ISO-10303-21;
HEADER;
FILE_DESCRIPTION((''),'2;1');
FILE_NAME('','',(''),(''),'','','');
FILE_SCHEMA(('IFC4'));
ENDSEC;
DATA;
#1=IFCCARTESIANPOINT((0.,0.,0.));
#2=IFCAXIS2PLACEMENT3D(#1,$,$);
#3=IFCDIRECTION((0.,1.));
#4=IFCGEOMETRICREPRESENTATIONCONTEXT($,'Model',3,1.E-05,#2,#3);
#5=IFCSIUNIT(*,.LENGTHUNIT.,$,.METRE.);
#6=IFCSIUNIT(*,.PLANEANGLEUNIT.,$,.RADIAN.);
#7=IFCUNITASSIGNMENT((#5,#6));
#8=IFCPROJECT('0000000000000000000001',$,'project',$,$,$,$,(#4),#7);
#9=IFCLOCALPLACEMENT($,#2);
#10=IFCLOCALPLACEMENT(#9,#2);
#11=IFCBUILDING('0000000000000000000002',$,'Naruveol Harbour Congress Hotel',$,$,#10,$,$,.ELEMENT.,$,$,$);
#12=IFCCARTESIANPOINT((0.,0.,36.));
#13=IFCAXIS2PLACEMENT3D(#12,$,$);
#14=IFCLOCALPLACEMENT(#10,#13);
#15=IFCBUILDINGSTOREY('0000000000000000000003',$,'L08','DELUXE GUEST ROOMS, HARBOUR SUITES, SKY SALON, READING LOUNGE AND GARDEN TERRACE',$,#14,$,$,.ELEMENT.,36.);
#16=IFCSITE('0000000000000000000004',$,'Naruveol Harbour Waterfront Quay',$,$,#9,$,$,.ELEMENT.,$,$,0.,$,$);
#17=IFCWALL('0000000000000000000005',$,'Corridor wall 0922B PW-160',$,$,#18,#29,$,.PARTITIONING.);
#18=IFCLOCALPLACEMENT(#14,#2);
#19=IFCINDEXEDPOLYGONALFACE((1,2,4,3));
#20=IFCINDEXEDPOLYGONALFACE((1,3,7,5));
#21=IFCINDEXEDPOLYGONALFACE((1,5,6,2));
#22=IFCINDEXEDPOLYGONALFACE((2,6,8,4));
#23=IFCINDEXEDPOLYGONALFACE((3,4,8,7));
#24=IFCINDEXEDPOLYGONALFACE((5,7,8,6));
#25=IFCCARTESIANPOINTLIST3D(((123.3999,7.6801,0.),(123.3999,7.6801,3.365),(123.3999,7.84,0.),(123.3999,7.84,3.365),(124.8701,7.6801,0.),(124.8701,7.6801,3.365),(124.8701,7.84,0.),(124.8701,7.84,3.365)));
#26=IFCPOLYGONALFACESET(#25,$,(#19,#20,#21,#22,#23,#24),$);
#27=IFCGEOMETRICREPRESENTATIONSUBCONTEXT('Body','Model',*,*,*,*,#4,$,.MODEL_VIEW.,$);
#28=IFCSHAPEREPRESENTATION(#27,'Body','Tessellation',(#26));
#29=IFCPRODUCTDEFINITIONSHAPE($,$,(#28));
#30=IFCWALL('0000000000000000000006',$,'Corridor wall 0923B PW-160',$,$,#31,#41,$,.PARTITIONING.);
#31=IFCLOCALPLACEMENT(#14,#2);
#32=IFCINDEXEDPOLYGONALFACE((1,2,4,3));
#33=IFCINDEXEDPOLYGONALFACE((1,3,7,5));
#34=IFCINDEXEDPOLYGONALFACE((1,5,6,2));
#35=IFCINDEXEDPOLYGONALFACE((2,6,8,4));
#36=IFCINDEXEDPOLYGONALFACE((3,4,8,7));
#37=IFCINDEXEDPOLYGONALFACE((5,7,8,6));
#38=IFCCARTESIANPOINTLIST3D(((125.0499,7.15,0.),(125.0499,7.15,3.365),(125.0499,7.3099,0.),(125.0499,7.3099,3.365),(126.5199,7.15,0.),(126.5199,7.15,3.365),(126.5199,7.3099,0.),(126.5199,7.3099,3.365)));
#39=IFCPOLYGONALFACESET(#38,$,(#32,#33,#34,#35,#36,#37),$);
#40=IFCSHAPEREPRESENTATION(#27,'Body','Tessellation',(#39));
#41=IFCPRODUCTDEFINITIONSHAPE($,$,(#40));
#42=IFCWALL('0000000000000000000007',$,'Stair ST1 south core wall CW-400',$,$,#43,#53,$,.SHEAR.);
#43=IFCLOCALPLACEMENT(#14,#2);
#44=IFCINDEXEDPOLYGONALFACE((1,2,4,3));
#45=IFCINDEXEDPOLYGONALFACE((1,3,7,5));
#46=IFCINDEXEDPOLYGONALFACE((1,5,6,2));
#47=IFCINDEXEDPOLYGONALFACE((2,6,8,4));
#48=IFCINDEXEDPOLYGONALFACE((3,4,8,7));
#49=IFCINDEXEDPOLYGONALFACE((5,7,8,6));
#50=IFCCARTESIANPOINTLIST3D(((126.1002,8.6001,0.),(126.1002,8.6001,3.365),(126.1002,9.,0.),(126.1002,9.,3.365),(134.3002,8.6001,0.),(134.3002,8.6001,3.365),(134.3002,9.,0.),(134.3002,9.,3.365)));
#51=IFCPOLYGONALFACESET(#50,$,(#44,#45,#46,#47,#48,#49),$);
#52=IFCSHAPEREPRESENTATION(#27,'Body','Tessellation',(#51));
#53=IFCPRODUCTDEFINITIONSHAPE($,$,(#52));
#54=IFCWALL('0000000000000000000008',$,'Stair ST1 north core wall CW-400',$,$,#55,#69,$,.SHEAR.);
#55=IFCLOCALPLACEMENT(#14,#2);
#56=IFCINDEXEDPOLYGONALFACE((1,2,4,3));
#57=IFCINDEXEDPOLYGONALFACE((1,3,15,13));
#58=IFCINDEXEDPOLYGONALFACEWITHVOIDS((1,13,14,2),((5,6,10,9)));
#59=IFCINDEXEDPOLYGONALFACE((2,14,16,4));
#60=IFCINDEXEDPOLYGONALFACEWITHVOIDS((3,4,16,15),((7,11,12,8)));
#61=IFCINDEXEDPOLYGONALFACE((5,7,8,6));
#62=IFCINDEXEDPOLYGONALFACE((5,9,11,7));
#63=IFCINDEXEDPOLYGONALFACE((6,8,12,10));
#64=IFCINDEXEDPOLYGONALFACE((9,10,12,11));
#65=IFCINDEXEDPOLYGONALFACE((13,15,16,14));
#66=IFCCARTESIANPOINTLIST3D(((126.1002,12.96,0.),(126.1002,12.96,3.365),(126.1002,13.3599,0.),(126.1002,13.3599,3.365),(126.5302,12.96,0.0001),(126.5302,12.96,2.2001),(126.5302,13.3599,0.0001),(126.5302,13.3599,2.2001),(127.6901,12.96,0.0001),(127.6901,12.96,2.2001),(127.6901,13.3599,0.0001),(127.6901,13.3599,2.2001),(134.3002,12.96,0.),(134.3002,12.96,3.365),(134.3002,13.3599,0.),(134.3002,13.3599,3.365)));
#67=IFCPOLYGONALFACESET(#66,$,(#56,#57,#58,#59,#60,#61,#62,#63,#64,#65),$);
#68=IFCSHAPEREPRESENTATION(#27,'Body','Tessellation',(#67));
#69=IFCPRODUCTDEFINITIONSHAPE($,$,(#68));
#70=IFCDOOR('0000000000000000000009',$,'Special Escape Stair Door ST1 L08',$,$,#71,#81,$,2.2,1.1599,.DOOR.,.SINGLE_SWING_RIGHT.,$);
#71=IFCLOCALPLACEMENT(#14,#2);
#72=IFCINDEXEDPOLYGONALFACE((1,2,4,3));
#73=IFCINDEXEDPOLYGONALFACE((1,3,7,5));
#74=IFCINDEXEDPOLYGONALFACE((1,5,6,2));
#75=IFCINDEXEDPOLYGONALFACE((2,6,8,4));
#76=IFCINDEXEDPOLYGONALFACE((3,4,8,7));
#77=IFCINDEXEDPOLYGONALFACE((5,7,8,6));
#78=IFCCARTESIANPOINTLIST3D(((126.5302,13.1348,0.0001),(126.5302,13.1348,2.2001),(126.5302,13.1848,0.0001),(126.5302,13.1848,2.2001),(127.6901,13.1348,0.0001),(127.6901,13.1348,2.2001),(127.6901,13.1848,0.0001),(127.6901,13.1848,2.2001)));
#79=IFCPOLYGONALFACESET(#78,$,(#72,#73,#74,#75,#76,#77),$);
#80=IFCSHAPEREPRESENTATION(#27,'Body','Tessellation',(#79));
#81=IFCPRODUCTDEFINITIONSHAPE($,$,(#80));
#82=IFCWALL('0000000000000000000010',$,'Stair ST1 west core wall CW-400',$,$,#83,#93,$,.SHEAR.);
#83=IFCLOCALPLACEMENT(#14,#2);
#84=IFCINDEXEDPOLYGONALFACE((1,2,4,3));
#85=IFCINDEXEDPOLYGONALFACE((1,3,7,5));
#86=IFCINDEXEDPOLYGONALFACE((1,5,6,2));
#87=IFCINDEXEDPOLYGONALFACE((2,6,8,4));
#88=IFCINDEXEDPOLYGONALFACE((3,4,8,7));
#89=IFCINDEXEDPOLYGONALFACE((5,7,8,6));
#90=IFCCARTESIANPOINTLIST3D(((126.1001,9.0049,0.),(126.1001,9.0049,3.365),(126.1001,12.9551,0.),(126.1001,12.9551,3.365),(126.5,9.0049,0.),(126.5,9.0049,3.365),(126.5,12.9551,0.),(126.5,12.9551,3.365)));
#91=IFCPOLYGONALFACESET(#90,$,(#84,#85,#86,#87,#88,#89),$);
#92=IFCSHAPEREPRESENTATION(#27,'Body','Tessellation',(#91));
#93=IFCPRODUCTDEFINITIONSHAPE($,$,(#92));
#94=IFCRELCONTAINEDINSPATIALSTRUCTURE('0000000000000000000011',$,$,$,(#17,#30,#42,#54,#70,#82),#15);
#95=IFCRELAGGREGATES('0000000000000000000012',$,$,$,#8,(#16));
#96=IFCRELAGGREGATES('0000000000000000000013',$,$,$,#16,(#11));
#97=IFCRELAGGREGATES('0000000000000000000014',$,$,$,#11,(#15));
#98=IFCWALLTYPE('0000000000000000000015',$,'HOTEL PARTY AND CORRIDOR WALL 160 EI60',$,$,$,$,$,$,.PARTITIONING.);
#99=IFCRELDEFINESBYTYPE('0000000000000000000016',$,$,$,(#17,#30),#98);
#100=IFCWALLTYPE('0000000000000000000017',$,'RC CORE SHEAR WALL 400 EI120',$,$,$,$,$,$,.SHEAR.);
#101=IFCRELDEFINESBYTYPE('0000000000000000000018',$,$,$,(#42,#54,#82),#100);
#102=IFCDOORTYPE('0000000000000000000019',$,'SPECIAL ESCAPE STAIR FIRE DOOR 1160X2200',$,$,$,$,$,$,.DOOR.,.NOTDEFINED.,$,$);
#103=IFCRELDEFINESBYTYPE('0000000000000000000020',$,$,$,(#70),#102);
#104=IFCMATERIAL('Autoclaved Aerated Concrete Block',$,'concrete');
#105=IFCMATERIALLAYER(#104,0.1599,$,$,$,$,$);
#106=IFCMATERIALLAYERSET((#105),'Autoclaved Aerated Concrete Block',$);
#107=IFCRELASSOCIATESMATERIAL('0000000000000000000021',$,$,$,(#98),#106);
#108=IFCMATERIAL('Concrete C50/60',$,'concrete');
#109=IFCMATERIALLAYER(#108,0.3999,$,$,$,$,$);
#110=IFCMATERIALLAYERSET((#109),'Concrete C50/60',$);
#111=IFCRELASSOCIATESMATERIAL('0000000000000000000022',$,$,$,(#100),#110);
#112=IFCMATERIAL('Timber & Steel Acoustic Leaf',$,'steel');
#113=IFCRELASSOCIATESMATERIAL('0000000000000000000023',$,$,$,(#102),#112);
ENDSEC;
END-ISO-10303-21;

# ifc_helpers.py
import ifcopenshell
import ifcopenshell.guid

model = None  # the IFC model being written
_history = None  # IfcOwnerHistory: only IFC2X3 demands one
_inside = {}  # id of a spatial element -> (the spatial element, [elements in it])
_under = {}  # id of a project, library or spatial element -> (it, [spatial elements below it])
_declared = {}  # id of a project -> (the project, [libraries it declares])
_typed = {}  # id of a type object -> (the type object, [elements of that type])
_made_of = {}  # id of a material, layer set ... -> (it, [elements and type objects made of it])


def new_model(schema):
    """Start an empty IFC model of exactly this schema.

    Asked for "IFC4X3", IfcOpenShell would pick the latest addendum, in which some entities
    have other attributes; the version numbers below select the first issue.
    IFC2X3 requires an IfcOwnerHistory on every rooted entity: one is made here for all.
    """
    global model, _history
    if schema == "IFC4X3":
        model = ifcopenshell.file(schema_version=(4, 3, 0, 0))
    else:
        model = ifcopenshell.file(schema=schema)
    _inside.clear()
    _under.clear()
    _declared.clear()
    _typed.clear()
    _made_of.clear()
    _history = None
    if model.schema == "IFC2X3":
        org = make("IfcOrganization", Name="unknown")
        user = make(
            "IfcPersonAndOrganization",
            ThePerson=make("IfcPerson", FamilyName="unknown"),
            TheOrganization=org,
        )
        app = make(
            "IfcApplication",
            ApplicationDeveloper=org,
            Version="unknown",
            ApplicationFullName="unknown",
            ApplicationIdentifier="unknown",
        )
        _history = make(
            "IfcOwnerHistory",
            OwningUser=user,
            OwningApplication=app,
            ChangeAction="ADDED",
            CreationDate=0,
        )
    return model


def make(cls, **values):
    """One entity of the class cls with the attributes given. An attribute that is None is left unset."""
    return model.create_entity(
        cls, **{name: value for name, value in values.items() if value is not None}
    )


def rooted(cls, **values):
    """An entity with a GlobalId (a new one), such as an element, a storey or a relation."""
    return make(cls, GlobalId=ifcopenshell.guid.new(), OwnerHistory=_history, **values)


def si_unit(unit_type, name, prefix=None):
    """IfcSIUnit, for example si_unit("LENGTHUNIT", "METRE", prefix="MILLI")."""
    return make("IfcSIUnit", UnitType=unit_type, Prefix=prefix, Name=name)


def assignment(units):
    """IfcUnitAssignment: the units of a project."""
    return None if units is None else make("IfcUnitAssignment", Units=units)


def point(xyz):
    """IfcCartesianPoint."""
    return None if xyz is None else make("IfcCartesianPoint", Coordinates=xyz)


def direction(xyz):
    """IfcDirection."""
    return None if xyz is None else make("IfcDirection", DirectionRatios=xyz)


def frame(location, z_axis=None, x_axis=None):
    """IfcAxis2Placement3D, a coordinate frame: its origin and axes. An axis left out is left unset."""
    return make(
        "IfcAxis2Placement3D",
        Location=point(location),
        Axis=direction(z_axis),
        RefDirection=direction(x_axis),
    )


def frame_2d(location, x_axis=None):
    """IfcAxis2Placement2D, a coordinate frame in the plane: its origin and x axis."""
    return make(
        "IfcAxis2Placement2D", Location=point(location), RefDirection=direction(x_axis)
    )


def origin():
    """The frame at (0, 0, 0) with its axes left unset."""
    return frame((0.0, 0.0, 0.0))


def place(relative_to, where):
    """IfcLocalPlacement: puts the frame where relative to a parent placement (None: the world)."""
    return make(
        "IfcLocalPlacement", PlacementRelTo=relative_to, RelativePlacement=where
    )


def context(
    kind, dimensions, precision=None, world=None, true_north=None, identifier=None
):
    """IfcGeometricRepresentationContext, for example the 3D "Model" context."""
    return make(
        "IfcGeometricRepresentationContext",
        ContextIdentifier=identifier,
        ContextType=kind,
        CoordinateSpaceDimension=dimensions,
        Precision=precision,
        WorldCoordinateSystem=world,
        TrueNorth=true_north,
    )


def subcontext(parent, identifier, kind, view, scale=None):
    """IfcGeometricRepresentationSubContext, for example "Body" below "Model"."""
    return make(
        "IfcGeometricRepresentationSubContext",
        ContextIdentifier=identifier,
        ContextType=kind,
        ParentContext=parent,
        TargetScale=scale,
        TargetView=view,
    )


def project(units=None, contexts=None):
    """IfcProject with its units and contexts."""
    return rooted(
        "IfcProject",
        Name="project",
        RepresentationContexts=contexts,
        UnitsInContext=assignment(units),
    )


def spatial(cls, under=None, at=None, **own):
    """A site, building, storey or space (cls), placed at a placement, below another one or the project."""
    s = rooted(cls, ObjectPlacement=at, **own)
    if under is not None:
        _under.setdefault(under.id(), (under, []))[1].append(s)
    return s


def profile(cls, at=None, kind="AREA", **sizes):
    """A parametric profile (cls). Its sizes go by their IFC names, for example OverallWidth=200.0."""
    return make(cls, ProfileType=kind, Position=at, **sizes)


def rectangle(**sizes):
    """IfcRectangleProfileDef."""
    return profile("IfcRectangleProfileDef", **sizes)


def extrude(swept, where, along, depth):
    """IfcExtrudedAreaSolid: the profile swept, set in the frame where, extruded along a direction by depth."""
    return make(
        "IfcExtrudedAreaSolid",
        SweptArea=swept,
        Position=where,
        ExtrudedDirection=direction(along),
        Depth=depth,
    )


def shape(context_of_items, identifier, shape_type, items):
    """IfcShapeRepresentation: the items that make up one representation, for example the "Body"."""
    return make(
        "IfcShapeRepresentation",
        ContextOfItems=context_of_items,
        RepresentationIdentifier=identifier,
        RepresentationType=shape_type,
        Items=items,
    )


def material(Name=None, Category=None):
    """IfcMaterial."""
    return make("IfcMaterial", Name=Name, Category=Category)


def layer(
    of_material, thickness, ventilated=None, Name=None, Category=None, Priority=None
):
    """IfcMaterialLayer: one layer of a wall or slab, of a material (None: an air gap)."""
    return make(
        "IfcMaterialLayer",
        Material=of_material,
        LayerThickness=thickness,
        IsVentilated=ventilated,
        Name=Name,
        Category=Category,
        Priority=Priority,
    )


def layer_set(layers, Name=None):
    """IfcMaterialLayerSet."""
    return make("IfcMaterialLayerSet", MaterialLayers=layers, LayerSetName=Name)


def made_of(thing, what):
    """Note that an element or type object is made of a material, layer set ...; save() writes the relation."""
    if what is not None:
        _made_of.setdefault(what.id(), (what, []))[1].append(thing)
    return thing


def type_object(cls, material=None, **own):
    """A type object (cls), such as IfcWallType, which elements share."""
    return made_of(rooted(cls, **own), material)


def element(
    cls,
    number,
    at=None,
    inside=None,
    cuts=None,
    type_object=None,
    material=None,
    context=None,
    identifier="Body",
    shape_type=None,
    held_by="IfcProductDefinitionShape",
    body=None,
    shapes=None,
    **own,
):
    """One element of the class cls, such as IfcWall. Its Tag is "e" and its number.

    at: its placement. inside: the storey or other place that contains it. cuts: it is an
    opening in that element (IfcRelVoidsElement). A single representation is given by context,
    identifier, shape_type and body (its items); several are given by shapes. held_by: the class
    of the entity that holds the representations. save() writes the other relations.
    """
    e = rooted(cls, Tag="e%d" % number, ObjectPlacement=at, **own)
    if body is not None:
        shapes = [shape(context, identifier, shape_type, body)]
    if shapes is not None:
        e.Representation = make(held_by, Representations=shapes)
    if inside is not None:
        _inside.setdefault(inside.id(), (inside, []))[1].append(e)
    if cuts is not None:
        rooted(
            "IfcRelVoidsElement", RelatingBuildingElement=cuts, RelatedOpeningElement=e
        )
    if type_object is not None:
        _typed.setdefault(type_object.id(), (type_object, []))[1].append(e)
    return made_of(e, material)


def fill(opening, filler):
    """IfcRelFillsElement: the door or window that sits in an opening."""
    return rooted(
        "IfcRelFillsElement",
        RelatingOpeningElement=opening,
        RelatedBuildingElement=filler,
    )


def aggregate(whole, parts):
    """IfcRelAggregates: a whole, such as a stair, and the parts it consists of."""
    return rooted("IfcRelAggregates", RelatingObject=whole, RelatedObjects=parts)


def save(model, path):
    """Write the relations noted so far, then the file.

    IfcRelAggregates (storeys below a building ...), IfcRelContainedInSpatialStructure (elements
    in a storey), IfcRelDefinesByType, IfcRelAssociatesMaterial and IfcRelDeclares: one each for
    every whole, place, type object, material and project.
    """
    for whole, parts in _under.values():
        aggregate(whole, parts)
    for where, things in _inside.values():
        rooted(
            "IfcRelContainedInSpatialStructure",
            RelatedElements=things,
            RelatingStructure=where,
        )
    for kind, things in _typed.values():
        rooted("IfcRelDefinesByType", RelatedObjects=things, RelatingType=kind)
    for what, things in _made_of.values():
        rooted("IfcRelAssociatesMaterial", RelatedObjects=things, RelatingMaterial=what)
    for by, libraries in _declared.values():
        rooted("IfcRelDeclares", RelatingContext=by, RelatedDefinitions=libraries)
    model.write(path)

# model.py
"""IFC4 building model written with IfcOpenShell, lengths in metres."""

from ifc_helpers import new_model, si_unit, direction, frame, frame_2d, origin, place, context, subcontext, project, spatial, rectangle, extrude, material, layer, layer_set, type_object, element, fill, save


model = new_model("IFC4")

# Units and contexts
model_context = context("Model", 3, precision=1e-05, world=origin(), true_north=direction((0.0, 1.0)))
body_context = subcontext(model_context, "Body", "Model", "MODEL_VIEW")
ifc_project = project(units=[si_unit("LENGTHUNIT", "METRE"), si_unit("PLANEANGLEUNIT", "RADIAN")], contexts=[model_context])

# Site, building, storey
site_placement = place(None, origin())
site = spatial("IfcSite", under=ifc_project, at=site_placement, Name="Naruveol Harbour Waterfront Quay", CompositionType="ELEMENT", RefElevation=0.0)
building_placement = place(site_placement, origin())
building = spatial("IfcBuilding", under=site, at=building_placement, Name="Naruveol Harbour Congress Hotel", CompositionType="ELEMENT")
storey_placement = place(building_placement, frame((0.0, 0.0, 36.0)))
storey = spatial("IfcBuildingStorey", under=building, at=storey_placement, Name="L08", Description="DELUXE GUEST ROOMS, HARBOUR SUITES, SKY SALON, READING LOUNGE AND GARDEN TERRACE", CompositionType="ELEMENT", Elevation=36.0)

# Shared definitions
ifc_material_1 = material(Name="Autoclaved Aerated Concrete Block", Category="concrete")
ifc_layer_1 = layer(ifc_material_1, 0.1599)
ifc_layer_set_1 = layer_set([ifc_layer_1], Name="Autoclaved Aerated Concrete Block")
wall_type_1 = type_object("IfcWallType", Name="HOTEL PARTY AND CORRIDOR WALL 160 EI60", PredefinedType="PARTITIONING", material=ifc_layer_set_1)

# Walls
wall_1_placement = place(storey_placement, frame((123.3999, 7.76, 0.0), z_axis=(0.0, 0.0, 1.0), x_axis=(1.0, 0.0, 0.0)))
element("IfcWall", 1, at=wall_1_placement, inside=storey, type_object=wall_type_1, Name="Corridor wall 0922B PW-160", PredefinedType="PARTITIONING", context=body_context, shape_type="SweptSolid", body=[
    extrude(rectangle(XDim=1.4702, YDim=0.1599, at=frame_2d((0.7351, 0.0))), origin(), (0.0, 0.0, 1.0), 3.365),
])
wall_2_placement = place(storey_placement, frame((125.05, 7.23, 0.0), z_axis=(0.0, 0.0, 1.0), x_axis=(1.0, 0.0, 0.0)))
element("IfcWall", 2, at=wall_2_placement, inside=storey, type_object=wall_type_1, Name="Corridor wall 0923B PW-160", PredefinedType="PARTITIONING", context=body_context, shape_type="SweptSolid", body=[
    extrude(rectangle(XDim=1.47, YDim=0.1599, at=frame_2d((0.7349, 0.0))), origin(), (0.0, 0.0, 1.0), 3.365),
])
ifc_material_2 = material(Name="Concrete C50/60", Category="concrete")
ifc_layer_2 = layer(ifc_material_2, 0.3999)
ifc_layer_set_2 = layer_set([ifc_layer_2], Name="Concrete C50/60")
wall_type_2 = type_object("IfcWallType", Name="RC CORE SHEAR WALL 400 EI120", PredefinedType="SHEAR", material=ifc_layer_set_2)
wall_3_placement = place(storey_placement, frame((126.1001, 8.8, 0.0), z_axis=(0.0, 0.0, 1.0), x_axis=(1.0, 0.0, 0.0)))
element("IfcWall", 3, at=wall_3_placement, inside=storey, type_object=wall_type_2, Name="Stair ST1 south core wall CW-400", PredefinedType="SHEAR", context=body_context, shape_type="SweptSolid", body=[
    extrude(rectangle(XDim=8.2, YDim=0.3999, at=frame_2d((4.1001, 0.0))), origin(), (0.0, 0.0, 1.0), 3.365),
])

# Wall, opening, door
wall_4_placement = place(storey_placement, frame((126.1001, 13.1599, 0.0), z_axis=(0.0, 0.0, 1.0), x_axis=(1.0, 0.0, 0.0)))
wall_4 = element("IfcWall", 4, at=wall_4_placement, inside=storey, type_object=wall_type_2, Name="Stair ST1 north core wall CW-400", PredefinedType="SHEAR", context=body_context, shape_type="SweptSolid", body=[
    extrude(rectangle(XDim=8.2, YDim=0.3999, at=frame_2d((4.1001, 0.0))), origin(), (0.0, 0.0, 1.0), 3.365),
])
opening_1_placement = place(wall_4_placement, frame((0.4299, 0.0, 0.0)))
opening_1 = element("IfcOpeningElement", 5, at=opening_1_placement, cuts=wall_4, PredefinedType="OPENING", context=body_context, shape_type="SweptSolid", body=[
    extrude(rectangle(XDim=1.1599, YDim=2.2, at=frame_2d((0.5801, 1.1001))), frame((0.0, 0.21, 0.0), z_axis=(0.0, -1.0, 0.0), x_axis=(1.0, 0.0, 0.0)), (0.0, 0.0, 1.0), 0.4199),
])
ifc_material_3 = material(Name="Timber & Steel Acoustic Leaf", Category="steel")
door_type_1 = type_object("IfcDoorType", Name="SPECIAL ESCAPE STAIR FIRE DOOR 1160X2200", OperationType="NOTDEFINED", PredefinedType="DOOR", material=ifc_material_3)
door_1_placement = place(opening_1_placement, origin())
door_1 = element("IfcDoor", 6, at=door_1_placement, inside=storey, type_object=door_type_1, Name="Special Escape Stair Door ST1 L08", OperationType="SINGLE_SWING_RIGHT", OverallHeight=2.2, OverallWidth=1.1599, PredefinedType="DOOR", context=body_context, shape_type="SweptSolid", body=[
    extrude(rectangle(XDim=1.1599, YDim=2.2, at=frame_2d((0.5801, 1.1001))), frame((0.0, 0.0249, 0.0), z_axis=(0.0, -1.0, 0.0), x_axis=(1.0, 0.0, 0.0)), (0.0, 0.0, 1.0), 0.05),
])
fill(opening_1, door_1)

# Wall
wall_5_placement = place(storey_placement, frame((126.3, 9.0049, 0.0), z_axis=(0.0, 0.0, 1.0), x_axis=(0.0, 1.0, 0.0)))
element("IfcWall", 7, at=wall_5_placement, inside=storey, type_object=wall_type_2, Name="Stair ST1 west core wall CW-400", PredefinedType="SHEAR", context=body_context, shape_type="SweptSolid", body=[
    extrude(rectangle(XDim=3.9502, YDim=0.3999, at=frame_2d((1.9751, 0.0))), origin(), (0.0, 0.0, 1.0), 3.365),
])

save(model, "model.ifc")
